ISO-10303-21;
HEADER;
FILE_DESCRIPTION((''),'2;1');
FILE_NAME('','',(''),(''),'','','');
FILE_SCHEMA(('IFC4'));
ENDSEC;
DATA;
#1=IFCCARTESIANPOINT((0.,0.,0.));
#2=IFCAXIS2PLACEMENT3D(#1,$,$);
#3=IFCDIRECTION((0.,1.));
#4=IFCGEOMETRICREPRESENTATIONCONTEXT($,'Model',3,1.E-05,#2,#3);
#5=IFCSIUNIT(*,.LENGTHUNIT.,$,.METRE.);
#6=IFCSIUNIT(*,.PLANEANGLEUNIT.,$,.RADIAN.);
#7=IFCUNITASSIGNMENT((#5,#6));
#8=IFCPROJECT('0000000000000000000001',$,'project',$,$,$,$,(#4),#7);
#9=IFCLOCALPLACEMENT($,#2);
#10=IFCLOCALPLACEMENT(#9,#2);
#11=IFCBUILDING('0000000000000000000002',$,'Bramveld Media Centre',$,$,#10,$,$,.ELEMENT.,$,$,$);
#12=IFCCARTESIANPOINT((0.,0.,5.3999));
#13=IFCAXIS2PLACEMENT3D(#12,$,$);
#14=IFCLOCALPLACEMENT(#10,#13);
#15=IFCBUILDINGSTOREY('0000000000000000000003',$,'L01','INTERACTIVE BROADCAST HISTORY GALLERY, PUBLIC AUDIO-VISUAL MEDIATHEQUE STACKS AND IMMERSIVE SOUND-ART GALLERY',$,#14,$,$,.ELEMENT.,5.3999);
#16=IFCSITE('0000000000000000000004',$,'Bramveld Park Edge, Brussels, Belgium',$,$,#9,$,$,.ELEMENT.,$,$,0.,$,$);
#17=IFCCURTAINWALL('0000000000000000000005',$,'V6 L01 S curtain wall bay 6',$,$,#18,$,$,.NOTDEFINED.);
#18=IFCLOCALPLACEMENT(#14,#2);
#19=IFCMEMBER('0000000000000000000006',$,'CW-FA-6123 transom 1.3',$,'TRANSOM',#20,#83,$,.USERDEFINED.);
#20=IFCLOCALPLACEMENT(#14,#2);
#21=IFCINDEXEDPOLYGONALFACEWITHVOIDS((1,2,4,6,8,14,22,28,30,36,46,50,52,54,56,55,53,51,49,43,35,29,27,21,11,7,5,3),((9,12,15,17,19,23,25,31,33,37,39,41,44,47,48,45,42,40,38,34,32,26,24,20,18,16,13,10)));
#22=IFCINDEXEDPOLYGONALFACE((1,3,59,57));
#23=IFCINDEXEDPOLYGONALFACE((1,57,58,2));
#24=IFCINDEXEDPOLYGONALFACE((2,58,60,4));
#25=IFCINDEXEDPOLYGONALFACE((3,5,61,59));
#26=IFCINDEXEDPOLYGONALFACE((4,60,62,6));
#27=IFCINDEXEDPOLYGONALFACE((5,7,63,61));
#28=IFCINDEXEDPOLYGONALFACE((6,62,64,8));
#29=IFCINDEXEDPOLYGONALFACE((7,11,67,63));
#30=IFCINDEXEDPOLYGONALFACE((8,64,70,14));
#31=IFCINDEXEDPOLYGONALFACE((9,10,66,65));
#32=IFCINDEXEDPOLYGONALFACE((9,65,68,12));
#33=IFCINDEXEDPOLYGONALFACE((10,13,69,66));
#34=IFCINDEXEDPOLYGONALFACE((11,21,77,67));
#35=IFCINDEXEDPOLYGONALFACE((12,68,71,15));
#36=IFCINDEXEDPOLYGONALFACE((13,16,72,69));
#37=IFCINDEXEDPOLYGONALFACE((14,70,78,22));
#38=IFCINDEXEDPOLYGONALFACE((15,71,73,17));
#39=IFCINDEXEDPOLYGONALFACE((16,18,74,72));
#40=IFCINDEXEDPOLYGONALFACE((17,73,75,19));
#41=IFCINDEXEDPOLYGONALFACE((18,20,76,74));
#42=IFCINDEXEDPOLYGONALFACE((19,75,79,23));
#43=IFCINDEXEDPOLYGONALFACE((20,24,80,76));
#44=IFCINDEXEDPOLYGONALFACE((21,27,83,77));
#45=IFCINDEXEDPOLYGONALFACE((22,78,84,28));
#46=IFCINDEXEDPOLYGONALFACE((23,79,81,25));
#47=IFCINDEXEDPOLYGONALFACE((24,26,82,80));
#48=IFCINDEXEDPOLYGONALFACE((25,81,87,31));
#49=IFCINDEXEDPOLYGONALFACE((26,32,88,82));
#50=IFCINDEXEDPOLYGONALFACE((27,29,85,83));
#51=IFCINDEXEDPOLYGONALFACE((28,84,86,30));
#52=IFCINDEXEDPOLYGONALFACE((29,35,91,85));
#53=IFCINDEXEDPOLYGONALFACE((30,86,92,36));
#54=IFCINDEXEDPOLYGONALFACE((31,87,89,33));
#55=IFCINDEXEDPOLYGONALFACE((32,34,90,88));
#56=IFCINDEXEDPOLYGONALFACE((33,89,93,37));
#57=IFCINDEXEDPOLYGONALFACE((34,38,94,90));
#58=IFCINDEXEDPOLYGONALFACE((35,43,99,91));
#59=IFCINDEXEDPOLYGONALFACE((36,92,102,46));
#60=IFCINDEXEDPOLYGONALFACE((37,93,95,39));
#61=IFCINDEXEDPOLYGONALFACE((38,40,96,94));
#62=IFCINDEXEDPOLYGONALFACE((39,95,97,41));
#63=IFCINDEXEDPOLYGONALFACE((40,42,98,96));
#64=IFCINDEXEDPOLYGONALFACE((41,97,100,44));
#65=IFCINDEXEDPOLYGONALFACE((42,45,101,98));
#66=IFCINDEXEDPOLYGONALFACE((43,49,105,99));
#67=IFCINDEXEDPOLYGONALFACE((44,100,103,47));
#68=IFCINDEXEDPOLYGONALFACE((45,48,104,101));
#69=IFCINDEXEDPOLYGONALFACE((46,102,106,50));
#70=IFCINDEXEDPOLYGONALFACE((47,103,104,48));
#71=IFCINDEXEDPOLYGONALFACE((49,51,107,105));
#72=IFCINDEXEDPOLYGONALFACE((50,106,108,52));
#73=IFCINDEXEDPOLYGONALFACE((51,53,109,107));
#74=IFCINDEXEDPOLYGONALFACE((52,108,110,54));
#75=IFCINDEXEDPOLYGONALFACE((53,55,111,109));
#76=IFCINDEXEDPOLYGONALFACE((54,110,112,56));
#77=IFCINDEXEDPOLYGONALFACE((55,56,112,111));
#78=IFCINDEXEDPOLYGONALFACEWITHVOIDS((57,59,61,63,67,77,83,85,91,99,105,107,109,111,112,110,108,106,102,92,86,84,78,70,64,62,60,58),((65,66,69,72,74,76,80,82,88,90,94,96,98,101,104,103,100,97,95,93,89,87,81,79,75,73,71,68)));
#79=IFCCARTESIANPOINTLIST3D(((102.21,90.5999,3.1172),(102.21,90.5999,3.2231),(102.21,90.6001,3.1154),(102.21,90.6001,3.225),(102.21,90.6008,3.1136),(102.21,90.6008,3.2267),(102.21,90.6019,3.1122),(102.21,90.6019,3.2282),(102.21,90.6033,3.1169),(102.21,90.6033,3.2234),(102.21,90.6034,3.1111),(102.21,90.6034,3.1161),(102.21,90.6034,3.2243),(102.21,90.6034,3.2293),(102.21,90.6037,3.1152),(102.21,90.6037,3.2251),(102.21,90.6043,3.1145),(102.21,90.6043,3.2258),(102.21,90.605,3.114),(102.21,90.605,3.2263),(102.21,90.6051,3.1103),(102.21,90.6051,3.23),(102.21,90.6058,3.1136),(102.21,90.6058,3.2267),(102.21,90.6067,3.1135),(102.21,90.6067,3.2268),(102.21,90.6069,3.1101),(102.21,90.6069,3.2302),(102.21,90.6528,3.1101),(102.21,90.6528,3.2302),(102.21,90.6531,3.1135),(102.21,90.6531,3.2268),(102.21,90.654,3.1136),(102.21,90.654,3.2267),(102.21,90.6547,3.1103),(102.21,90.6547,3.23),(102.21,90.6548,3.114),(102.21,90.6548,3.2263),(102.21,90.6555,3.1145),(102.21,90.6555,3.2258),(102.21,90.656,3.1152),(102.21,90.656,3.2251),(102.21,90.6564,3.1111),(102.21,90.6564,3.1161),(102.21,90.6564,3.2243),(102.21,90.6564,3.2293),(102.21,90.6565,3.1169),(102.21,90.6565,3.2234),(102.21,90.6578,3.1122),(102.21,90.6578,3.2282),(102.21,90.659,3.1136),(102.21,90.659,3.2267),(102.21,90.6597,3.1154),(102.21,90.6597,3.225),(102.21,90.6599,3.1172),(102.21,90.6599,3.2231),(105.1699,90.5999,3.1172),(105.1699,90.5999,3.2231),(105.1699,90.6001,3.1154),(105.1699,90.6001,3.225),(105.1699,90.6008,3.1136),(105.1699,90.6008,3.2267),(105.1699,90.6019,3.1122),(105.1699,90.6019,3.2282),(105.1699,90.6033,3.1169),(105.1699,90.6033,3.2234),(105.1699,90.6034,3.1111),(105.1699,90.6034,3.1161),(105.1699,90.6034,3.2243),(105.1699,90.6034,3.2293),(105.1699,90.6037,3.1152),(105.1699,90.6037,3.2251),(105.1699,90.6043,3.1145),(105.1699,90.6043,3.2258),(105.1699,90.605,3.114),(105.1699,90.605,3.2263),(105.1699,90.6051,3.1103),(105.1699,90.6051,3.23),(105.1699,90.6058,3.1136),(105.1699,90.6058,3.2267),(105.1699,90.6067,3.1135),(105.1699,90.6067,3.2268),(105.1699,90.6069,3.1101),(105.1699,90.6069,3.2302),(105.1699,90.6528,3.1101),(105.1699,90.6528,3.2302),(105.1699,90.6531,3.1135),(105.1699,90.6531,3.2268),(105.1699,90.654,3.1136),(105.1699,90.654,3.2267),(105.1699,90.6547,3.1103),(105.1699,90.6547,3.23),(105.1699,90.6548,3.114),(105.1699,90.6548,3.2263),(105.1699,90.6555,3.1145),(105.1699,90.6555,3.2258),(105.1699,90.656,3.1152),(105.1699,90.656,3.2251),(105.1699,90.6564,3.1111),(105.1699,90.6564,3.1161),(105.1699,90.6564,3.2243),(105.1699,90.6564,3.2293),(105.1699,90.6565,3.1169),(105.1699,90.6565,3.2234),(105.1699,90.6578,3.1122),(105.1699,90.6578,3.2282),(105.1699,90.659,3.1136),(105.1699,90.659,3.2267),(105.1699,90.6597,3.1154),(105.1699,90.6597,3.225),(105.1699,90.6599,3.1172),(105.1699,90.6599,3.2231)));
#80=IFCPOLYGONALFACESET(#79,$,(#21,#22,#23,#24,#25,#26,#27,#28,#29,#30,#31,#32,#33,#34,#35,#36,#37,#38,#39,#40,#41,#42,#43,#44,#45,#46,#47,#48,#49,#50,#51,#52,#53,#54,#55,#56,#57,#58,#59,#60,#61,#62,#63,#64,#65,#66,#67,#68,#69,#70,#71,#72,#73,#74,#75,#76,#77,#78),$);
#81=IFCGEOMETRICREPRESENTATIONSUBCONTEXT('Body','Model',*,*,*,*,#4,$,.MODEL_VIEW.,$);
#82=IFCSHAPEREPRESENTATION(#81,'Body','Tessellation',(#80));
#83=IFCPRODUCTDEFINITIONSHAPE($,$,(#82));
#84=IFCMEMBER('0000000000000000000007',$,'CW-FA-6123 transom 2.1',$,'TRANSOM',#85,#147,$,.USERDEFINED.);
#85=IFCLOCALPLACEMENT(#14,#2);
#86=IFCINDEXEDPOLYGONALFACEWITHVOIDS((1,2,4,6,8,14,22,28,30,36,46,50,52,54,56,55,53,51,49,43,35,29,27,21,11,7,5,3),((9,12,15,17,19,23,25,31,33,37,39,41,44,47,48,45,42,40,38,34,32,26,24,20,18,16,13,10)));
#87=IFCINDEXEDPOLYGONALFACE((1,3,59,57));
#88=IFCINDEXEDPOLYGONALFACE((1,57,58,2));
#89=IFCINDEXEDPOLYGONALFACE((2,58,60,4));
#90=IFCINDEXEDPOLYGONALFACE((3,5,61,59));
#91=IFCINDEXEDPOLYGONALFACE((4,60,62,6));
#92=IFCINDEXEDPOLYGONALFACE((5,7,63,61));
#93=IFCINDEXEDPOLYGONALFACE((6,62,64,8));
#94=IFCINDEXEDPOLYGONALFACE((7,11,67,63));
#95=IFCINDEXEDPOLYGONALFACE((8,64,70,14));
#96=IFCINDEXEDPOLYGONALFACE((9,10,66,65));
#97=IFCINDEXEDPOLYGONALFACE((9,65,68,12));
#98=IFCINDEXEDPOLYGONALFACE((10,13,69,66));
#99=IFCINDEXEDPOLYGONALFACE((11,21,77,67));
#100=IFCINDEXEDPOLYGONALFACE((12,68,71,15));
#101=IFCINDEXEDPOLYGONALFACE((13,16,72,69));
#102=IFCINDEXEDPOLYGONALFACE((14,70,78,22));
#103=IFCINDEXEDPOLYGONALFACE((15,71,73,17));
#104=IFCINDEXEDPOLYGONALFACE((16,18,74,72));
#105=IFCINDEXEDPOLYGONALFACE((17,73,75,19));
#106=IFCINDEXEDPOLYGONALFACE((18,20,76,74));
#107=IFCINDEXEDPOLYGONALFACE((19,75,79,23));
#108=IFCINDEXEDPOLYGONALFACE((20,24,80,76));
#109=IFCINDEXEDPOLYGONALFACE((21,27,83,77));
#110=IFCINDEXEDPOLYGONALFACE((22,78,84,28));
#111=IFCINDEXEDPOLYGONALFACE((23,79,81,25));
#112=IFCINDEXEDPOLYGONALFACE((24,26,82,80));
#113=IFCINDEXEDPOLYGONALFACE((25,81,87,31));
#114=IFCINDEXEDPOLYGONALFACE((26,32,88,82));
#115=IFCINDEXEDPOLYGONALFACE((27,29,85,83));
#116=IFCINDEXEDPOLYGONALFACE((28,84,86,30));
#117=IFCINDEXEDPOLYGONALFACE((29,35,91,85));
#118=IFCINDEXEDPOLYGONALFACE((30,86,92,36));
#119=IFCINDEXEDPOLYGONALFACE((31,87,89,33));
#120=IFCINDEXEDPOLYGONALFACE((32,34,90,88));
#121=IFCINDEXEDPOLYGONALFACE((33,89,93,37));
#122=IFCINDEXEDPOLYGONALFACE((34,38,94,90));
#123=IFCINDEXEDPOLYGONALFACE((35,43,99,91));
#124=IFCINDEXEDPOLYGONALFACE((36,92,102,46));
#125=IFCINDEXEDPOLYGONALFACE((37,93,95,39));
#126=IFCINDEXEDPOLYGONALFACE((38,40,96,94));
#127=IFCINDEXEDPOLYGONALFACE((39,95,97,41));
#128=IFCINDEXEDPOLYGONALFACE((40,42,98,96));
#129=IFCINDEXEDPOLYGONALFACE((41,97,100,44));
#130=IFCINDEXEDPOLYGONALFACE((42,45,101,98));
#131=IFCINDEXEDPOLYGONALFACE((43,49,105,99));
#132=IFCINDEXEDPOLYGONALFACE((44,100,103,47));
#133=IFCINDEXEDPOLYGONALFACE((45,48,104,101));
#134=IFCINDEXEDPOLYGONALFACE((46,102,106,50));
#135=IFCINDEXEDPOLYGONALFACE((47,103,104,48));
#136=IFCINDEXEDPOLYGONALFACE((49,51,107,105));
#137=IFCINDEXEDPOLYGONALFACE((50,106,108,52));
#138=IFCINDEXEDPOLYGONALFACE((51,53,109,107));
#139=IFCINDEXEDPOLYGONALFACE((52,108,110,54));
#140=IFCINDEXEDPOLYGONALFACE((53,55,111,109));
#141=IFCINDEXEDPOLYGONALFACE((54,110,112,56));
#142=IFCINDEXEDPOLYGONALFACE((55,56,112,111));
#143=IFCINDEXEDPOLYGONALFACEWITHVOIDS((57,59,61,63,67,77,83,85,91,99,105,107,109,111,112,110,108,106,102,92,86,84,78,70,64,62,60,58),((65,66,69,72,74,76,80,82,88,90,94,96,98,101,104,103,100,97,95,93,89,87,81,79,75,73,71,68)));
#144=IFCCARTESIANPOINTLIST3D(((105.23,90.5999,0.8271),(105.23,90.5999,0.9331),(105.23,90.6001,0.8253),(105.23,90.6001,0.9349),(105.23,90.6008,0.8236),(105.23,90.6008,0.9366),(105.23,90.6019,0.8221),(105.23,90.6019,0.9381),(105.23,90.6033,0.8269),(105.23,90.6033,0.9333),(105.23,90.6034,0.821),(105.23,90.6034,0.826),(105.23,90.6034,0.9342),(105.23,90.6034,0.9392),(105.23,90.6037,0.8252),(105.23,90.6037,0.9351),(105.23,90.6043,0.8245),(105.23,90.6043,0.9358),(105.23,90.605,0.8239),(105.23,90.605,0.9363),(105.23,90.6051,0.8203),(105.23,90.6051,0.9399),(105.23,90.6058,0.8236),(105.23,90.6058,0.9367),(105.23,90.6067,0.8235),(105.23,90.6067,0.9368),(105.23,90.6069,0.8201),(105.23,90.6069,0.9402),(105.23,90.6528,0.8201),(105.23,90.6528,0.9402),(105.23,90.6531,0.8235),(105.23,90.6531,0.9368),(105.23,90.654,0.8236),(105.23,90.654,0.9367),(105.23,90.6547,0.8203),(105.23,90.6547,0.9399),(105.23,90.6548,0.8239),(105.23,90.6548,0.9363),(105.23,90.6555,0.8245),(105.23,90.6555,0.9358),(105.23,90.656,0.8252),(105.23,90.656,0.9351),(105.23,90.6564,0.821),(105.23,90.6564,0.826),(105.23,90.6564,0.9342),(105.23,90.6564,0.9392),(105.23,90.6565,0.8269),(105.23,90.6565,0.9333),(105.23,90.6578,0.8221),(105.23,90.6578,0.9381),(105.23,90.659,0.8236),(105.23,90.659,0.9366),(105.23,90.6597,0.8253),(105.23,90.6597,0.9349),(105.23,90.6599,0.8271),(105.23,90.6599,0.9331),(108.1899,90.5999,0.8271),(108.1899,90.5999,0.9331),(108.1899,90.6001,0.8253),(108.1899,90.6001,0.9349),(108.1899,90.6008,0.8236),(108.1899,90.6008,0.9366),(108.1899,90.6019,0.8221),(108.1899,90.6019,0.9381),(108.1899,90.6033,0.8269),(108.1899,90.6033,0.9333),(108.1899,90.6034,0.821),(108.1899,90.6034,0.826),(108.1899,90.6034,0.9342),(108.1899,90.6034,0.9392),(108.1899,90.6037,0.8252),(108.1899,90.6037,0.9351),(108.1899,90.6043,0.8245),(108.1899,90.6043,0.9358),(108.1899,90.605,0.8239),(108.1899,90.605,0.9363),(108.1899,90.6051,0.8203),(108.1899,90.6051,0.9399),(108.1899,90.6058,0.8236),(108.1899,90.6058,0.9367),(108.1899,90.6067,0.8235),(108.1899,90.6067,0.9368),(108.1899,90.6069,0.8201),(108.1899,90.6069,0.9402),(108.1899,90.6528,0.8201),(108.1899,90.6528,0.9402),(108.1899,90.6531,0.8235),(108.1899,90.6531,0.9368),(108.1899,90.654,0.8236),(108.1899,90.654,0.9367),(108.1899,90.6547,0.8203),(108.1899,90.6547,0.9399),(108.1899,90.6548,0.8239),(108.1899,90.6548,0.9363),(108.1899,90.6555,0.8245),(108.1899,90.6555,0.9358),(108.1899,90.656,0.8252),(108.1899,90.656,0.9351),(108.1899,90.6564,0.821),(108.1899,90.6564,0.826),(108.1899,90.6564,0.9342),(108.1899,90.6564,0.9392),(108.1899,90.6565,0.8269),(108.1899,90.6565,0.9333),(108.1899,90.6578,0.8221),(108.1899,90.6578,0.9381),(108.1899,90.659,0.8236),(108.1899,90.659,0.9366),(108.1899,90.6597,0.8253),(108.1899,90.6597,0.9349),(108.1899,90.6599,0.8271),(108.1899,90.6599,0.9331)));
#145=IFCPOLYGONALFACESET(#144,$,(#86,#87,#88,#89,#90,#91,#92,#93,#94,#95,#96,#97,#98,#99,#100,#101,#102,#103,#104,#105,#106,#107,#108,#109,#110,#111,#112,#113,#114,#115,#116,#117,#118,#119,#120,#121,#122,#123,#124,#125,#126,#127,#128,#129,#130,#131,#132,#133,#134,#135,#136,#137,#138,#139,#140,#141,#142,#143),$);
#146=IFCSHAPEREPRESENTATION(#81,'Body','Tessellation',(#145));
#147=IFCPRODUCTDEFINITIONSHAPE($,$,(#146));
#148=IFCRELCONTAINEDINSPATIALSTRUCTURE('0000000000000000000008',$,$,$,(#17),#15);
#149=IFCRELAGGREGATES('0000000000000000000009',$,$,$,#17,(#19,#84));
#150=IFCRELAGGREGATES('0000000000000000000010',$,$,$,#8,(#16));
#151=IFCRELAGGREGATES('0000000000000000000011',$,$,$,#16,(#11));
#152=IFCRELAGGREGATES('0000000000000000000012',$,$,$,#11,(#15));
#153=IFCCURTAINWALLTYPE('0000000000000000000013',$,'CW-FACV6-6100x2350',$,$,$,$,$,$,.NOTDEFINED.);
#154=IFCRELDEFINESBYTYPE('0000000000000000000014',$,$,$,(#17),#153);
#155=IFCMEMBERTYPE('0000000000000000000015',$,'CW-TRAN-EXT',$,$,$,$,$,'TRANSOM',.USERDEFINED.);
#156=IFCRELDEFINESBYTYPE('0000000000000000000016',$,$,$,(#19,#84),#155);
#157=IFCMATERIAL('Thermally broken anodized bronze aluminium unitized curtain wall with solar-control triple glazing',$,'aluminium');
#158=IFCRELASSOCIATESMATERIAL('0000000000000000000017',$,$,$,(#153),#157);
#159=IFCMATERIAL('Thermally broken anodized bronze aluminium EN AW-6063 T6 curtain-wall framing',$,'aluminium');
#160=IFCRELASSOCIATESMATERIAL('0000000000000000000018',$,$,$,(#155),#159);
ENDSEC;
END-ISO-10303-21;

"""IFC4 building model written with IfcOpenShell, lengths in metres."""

from ifc_helpers import new_model, si_unit, direction, frame, origin, origin_2d, place, context, subcontext, project, spatial, hollow_rectangle, extrude, material, material_profile, profile_set, type_object, element, aggregate, save


model = new_model("IFC4")

# Units and contexts
model_context = context("Model", 3, precision=1e-05, world=origin(), true_north=direction((0.0, 1.0)))
body_context = subcontext(model_context, "Body", "Model", "MODEL_VIEW")
ifc_project = project(units=[si_unit("LENGTHUNIT", "METRE"), si_unit("PLANEANGLEUNIT", "RADIAN")], contexts=[model_context])

# Site, building, storey
site_placement = place(None, origin())
site = spatial("IfcSite", under=ifc_project, at=site_placement, Name="Bramveld Park Edge, Brussels, Belgium", CompositionType="ELEMENT", RefElevation=0.0)
building_placement = place(site_placement, origin())
building = spatial("IfcBuilding", under=site, at=building_placement, Name="Bramveld Media Centre", CompositionType="ELEMENT")
storey_placement = place(building_placement, frame((0.0, 0.0, 5.3999)))
storey = spatial("IfcBuildingStorey", under=building, at=storey_placement, Name="L01", Description="INTERACTIVE BROADCAST HISTORY GALLERY, PUBLIC AUDIO-VISUAL MEDIATHEQUE STACKS AND IMMERSIVE SOUND-ART GALLERY", CompositionType="ELEMENT", Elevation=5.3999)

# Curtain wall, members
ifc_material_1 = material(Name="Thermally broken anodized bronze aluminium unitized curtain wall with solar-control triple glazing", Category="aluminium")
curtain_wall_type = type_object("IfcCurtainWallType", Name="CW-FACV6-6100x2350", PredefinedType="NOTDEFINED", material=ifc_material_1)
curtain_wall_placement = place(storey_placement, origin())
curtain_wall = element("IfcCurtainWall", 1, at=curtain_wall_placement, inside=storey, type_object=curtain_wall_type, Name="V6 L01 S curtain wall bay 6", PredefinedType="NOTDEFINED")
ifc_material_2 = material(Name="Thermally broken anodized bronze aluminium EN AW-6063 T6 curtain-wall framing", Category="aluminium")
ifc_material_profile_1 = material_profile(ifc_material_2, hollow_rectangle(XDim=0.0601, YDim=0.1201, WallThickness=0.0034, InnerFilletRadius=0.0034, OuterFilletRadius=0.0071, at=origin_2d()), Name="AL-TRAN 60x120")
ifc_profile_set_1 = profile_set([ifc_material_profile_1], Name="Thermally broken anodized bronze aluminium EN AW-6063 T6 curtain-wall framing")
member_type_1 = type_object("IfcMemberType", Name="CW-TRAN-EXT", ElementType="TRANSOM", PredefinedType="USERDEFINED", material=ifc_profile_set_1)
member_1_placement = place(storey_placement, frame((102.21, 90.6299, 3.1702), z_axis=(1.0, 0.0, 0.0), x_axis=(0.0, 1.0, 0.0)))
member_1 = element("IfcMember", 2, at=member_1_placement, type_object=member_type_1, Name="CW-FA-6123 transom 1.3", ObjectType="TRANSOM", PredefinedType="USERDEFINED", context=body_context, shape_type="SweptSolid", body=[
    extrude(hollow_rectangle(XDim=0.0601, YDim=0.1201, WallThickness=0.0034, InnerFilletRadius=0.0034, OuterFilletRadius=0.0071, at=origin_2d()), origin(), (0.0, 0.0, 1.0), 2.96),
])
member_2_placement = place(storey_placement, frame((105.23, 90.6299, 0.8801), z_axis=(1.0, 0.0, 0.0), x_axis=(0.0, 1.0, 0.0)))
member_2 = element("IfcMember", 3, at=member_2_placement, type_object=member_type_1, Name="CW-FA-6123 transom 2.1", ObjectType="TRANSOM", PredefinedType="USERDEFINED", context=body_context, shape_type="SweptSolid", body=[
    extrude(hollow_rectangle(XDim=0.0601, YDim=0.1201, WallThickness=0.0034, InnerFilletRadius=0.0034, OuterFilletRadius=0.0071, at=origin_2d()), origin(), (0.0, 0.0, 1.0), 2.96),
])

aggregate(curtain_wall, [member_1, member_2])

save(model, "model.ifc")
